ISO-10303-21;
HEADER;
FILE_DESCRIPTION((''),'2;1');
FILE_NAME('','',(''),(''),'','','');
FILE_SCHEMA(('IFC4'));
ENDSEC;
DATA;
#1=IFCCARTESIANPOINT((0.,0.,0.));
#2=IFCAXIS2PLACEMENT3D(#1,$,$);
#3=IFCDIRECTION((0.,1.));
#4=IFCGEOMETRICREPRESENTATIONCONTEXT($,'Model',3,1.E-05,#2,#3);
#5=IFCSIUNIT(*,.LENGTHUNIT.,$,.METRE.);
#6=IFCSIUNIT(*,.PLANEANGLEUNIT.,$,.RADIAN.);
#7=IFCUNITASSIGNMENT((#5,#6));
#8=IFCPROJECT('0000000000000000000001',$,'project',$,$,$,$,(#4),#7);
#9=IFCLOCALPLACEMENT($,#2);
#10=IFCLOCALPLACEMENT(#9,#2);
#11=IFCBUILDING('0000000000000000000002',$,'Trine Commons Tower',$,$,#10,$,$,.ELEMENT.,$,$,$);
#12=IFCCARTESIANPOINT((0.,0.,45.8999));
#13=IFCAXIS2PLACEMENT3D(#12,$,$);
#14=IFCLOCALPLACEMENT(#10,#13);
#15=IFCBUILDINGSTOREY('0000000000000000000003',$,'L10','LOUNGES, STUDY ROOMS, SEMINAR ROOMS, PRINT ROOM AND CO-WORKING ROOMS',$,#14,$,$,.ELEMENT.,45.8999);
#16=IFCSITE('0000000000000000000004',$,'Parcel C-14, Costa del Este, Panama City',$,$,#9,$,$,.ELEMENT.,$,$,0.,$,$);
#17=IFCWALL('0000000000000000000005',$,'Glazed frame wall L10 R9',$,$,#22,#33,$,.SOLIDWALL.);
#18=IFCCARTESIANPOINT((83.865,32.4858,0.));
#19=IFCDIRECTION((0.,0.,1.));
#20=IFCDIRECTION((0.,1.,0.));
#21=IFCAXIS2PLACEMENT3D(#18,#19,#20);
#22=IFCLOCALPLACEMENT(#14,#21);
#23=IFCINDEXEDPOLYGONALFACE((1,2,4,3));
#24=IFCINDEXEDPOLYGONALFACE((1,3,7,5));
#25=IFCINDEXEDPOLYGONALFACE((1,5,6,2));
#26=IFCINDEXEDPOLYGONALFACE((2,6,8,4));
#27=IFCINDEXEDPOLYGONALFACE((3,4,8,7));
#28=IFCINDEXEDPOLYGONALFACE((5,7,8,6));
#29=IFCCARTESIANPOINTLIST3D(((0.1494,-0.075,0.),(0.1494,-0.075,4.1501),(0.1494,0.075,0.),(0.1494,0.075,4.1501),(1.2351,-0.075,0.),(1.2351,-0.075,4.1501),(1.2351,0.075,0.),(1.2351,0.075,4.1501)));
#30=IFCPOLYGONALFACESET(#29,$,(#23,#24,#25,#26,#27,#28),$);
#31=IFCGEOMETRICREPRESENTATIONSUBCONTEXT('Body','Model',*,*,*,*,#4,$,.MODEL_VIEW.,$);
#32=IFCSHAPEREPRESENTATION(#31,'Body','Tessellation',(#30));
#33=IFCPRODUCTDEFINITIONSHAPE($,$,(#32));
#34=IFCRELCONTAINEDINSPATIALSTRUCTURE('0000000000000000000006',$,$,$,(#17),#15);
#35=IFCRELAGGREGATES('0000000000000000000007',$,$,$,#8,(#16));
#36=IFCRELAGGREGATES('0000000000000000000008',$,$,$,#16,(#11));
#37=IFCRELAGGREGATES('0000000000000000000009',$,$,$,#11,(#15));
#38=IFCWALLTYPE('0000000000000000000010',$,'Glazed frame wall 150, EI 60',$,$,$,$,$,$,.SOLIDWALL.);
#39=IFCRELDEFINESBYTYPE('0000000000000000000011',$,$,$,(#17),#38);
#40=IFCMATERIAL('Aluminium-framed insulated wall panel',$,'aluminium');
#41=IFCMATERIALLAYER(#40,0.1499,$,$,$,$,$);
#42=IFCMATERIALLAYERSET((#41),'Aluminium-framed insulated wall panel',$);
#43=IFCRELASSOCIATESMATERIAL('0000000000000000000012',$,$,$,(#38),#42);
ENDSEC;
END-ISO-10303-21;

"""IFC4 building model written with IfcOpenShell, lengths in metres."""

from ifc_helpers import new_model, si_unit, direction, frame, origin, place, context, subcontext, project, spatial, polyline, outline, extrude, material, layer, layer_set, type_object, element, save


model = new_model("IFC4")

# Units and contexts
model_context = context("Model", 3, precision=1e-05, world=origin(), true_north=direction((0.0, 1.0)))
body_context = subcontext(model_context, "Body", "Model", "MODEL_VIEW")
ifc_project = project(units=[si_unit("LENGTHUNIT", "METRE"), si_unit("PLANEANGLEUNIT", "RADIAN")], contexts=[model_context])

# Site, building, storey
site_placement = place(None, origin())
site = spatial("IfcSite", under=ifc_project, at=site_placement, Name="Parcel C-14, Costa del Este, Panama City", CompositionType="ELEMENT", RefElevation=0.0)
building_placement = place(site_placement, origin())
building = spatial("IfcBuilding", under=site, at=building_placement, Name="Trine Commons Tower", CompositionType="ELEMENT")
storey_placement = place(building_placement, frame((0.0, 0.0, 45.8999)))
storey = spatial("IfcBuildingStorey", under=building, at=storey_placement, Name="L10", Description="LOUNGES, STUDY ROOMS, SEMINAR ROOMS, PRINT ROOM AND CO-WORKING ROOMS", CompositionType="ELEMENT", Elevation=45.8999)

# Wall
ifc_material_1 = material(Name="Aluminium-framed insulated wall panel", Category="aluminium")
ifc_layer_1 = layer(ifc_material_1, 0.1499)
ifc_layer_set_1 = layer_set([ifc_layer_1], Name="Aluminium-framed insulated wall panel")
wall_type_1 = type_object("IfcWallType", Name="Glazed frame wall 150, EI 60", PredefinedType="SOLIDWALL", material=ifc_layer_set_1)
wall_1_placement = place(storey_placement, frame((83.865, 32.4858, 0.0), z_axis=(0.0, 0.0, 1.0), x_axis=(0.0, 1.0, 0.0)))
element("IfcWall", 1, at=wall_1_placement, inside=storey, type_object=wall_type_1, Name="Glazed frame wall L10 R9", PredefinedType="SOLIDWALL", context=body_context, shape_type="SweptSolid", body=[
    extrude(outline(polyline([(0.1494, 0.075), (0.1494, -0.075), (1.2351, -0.075), (1.2351, 0.075), (0.1494, 0.075)])), origin(), (0.0, 0.0, 1.0), 4.1501),
])

save(model, "model.ifc")
